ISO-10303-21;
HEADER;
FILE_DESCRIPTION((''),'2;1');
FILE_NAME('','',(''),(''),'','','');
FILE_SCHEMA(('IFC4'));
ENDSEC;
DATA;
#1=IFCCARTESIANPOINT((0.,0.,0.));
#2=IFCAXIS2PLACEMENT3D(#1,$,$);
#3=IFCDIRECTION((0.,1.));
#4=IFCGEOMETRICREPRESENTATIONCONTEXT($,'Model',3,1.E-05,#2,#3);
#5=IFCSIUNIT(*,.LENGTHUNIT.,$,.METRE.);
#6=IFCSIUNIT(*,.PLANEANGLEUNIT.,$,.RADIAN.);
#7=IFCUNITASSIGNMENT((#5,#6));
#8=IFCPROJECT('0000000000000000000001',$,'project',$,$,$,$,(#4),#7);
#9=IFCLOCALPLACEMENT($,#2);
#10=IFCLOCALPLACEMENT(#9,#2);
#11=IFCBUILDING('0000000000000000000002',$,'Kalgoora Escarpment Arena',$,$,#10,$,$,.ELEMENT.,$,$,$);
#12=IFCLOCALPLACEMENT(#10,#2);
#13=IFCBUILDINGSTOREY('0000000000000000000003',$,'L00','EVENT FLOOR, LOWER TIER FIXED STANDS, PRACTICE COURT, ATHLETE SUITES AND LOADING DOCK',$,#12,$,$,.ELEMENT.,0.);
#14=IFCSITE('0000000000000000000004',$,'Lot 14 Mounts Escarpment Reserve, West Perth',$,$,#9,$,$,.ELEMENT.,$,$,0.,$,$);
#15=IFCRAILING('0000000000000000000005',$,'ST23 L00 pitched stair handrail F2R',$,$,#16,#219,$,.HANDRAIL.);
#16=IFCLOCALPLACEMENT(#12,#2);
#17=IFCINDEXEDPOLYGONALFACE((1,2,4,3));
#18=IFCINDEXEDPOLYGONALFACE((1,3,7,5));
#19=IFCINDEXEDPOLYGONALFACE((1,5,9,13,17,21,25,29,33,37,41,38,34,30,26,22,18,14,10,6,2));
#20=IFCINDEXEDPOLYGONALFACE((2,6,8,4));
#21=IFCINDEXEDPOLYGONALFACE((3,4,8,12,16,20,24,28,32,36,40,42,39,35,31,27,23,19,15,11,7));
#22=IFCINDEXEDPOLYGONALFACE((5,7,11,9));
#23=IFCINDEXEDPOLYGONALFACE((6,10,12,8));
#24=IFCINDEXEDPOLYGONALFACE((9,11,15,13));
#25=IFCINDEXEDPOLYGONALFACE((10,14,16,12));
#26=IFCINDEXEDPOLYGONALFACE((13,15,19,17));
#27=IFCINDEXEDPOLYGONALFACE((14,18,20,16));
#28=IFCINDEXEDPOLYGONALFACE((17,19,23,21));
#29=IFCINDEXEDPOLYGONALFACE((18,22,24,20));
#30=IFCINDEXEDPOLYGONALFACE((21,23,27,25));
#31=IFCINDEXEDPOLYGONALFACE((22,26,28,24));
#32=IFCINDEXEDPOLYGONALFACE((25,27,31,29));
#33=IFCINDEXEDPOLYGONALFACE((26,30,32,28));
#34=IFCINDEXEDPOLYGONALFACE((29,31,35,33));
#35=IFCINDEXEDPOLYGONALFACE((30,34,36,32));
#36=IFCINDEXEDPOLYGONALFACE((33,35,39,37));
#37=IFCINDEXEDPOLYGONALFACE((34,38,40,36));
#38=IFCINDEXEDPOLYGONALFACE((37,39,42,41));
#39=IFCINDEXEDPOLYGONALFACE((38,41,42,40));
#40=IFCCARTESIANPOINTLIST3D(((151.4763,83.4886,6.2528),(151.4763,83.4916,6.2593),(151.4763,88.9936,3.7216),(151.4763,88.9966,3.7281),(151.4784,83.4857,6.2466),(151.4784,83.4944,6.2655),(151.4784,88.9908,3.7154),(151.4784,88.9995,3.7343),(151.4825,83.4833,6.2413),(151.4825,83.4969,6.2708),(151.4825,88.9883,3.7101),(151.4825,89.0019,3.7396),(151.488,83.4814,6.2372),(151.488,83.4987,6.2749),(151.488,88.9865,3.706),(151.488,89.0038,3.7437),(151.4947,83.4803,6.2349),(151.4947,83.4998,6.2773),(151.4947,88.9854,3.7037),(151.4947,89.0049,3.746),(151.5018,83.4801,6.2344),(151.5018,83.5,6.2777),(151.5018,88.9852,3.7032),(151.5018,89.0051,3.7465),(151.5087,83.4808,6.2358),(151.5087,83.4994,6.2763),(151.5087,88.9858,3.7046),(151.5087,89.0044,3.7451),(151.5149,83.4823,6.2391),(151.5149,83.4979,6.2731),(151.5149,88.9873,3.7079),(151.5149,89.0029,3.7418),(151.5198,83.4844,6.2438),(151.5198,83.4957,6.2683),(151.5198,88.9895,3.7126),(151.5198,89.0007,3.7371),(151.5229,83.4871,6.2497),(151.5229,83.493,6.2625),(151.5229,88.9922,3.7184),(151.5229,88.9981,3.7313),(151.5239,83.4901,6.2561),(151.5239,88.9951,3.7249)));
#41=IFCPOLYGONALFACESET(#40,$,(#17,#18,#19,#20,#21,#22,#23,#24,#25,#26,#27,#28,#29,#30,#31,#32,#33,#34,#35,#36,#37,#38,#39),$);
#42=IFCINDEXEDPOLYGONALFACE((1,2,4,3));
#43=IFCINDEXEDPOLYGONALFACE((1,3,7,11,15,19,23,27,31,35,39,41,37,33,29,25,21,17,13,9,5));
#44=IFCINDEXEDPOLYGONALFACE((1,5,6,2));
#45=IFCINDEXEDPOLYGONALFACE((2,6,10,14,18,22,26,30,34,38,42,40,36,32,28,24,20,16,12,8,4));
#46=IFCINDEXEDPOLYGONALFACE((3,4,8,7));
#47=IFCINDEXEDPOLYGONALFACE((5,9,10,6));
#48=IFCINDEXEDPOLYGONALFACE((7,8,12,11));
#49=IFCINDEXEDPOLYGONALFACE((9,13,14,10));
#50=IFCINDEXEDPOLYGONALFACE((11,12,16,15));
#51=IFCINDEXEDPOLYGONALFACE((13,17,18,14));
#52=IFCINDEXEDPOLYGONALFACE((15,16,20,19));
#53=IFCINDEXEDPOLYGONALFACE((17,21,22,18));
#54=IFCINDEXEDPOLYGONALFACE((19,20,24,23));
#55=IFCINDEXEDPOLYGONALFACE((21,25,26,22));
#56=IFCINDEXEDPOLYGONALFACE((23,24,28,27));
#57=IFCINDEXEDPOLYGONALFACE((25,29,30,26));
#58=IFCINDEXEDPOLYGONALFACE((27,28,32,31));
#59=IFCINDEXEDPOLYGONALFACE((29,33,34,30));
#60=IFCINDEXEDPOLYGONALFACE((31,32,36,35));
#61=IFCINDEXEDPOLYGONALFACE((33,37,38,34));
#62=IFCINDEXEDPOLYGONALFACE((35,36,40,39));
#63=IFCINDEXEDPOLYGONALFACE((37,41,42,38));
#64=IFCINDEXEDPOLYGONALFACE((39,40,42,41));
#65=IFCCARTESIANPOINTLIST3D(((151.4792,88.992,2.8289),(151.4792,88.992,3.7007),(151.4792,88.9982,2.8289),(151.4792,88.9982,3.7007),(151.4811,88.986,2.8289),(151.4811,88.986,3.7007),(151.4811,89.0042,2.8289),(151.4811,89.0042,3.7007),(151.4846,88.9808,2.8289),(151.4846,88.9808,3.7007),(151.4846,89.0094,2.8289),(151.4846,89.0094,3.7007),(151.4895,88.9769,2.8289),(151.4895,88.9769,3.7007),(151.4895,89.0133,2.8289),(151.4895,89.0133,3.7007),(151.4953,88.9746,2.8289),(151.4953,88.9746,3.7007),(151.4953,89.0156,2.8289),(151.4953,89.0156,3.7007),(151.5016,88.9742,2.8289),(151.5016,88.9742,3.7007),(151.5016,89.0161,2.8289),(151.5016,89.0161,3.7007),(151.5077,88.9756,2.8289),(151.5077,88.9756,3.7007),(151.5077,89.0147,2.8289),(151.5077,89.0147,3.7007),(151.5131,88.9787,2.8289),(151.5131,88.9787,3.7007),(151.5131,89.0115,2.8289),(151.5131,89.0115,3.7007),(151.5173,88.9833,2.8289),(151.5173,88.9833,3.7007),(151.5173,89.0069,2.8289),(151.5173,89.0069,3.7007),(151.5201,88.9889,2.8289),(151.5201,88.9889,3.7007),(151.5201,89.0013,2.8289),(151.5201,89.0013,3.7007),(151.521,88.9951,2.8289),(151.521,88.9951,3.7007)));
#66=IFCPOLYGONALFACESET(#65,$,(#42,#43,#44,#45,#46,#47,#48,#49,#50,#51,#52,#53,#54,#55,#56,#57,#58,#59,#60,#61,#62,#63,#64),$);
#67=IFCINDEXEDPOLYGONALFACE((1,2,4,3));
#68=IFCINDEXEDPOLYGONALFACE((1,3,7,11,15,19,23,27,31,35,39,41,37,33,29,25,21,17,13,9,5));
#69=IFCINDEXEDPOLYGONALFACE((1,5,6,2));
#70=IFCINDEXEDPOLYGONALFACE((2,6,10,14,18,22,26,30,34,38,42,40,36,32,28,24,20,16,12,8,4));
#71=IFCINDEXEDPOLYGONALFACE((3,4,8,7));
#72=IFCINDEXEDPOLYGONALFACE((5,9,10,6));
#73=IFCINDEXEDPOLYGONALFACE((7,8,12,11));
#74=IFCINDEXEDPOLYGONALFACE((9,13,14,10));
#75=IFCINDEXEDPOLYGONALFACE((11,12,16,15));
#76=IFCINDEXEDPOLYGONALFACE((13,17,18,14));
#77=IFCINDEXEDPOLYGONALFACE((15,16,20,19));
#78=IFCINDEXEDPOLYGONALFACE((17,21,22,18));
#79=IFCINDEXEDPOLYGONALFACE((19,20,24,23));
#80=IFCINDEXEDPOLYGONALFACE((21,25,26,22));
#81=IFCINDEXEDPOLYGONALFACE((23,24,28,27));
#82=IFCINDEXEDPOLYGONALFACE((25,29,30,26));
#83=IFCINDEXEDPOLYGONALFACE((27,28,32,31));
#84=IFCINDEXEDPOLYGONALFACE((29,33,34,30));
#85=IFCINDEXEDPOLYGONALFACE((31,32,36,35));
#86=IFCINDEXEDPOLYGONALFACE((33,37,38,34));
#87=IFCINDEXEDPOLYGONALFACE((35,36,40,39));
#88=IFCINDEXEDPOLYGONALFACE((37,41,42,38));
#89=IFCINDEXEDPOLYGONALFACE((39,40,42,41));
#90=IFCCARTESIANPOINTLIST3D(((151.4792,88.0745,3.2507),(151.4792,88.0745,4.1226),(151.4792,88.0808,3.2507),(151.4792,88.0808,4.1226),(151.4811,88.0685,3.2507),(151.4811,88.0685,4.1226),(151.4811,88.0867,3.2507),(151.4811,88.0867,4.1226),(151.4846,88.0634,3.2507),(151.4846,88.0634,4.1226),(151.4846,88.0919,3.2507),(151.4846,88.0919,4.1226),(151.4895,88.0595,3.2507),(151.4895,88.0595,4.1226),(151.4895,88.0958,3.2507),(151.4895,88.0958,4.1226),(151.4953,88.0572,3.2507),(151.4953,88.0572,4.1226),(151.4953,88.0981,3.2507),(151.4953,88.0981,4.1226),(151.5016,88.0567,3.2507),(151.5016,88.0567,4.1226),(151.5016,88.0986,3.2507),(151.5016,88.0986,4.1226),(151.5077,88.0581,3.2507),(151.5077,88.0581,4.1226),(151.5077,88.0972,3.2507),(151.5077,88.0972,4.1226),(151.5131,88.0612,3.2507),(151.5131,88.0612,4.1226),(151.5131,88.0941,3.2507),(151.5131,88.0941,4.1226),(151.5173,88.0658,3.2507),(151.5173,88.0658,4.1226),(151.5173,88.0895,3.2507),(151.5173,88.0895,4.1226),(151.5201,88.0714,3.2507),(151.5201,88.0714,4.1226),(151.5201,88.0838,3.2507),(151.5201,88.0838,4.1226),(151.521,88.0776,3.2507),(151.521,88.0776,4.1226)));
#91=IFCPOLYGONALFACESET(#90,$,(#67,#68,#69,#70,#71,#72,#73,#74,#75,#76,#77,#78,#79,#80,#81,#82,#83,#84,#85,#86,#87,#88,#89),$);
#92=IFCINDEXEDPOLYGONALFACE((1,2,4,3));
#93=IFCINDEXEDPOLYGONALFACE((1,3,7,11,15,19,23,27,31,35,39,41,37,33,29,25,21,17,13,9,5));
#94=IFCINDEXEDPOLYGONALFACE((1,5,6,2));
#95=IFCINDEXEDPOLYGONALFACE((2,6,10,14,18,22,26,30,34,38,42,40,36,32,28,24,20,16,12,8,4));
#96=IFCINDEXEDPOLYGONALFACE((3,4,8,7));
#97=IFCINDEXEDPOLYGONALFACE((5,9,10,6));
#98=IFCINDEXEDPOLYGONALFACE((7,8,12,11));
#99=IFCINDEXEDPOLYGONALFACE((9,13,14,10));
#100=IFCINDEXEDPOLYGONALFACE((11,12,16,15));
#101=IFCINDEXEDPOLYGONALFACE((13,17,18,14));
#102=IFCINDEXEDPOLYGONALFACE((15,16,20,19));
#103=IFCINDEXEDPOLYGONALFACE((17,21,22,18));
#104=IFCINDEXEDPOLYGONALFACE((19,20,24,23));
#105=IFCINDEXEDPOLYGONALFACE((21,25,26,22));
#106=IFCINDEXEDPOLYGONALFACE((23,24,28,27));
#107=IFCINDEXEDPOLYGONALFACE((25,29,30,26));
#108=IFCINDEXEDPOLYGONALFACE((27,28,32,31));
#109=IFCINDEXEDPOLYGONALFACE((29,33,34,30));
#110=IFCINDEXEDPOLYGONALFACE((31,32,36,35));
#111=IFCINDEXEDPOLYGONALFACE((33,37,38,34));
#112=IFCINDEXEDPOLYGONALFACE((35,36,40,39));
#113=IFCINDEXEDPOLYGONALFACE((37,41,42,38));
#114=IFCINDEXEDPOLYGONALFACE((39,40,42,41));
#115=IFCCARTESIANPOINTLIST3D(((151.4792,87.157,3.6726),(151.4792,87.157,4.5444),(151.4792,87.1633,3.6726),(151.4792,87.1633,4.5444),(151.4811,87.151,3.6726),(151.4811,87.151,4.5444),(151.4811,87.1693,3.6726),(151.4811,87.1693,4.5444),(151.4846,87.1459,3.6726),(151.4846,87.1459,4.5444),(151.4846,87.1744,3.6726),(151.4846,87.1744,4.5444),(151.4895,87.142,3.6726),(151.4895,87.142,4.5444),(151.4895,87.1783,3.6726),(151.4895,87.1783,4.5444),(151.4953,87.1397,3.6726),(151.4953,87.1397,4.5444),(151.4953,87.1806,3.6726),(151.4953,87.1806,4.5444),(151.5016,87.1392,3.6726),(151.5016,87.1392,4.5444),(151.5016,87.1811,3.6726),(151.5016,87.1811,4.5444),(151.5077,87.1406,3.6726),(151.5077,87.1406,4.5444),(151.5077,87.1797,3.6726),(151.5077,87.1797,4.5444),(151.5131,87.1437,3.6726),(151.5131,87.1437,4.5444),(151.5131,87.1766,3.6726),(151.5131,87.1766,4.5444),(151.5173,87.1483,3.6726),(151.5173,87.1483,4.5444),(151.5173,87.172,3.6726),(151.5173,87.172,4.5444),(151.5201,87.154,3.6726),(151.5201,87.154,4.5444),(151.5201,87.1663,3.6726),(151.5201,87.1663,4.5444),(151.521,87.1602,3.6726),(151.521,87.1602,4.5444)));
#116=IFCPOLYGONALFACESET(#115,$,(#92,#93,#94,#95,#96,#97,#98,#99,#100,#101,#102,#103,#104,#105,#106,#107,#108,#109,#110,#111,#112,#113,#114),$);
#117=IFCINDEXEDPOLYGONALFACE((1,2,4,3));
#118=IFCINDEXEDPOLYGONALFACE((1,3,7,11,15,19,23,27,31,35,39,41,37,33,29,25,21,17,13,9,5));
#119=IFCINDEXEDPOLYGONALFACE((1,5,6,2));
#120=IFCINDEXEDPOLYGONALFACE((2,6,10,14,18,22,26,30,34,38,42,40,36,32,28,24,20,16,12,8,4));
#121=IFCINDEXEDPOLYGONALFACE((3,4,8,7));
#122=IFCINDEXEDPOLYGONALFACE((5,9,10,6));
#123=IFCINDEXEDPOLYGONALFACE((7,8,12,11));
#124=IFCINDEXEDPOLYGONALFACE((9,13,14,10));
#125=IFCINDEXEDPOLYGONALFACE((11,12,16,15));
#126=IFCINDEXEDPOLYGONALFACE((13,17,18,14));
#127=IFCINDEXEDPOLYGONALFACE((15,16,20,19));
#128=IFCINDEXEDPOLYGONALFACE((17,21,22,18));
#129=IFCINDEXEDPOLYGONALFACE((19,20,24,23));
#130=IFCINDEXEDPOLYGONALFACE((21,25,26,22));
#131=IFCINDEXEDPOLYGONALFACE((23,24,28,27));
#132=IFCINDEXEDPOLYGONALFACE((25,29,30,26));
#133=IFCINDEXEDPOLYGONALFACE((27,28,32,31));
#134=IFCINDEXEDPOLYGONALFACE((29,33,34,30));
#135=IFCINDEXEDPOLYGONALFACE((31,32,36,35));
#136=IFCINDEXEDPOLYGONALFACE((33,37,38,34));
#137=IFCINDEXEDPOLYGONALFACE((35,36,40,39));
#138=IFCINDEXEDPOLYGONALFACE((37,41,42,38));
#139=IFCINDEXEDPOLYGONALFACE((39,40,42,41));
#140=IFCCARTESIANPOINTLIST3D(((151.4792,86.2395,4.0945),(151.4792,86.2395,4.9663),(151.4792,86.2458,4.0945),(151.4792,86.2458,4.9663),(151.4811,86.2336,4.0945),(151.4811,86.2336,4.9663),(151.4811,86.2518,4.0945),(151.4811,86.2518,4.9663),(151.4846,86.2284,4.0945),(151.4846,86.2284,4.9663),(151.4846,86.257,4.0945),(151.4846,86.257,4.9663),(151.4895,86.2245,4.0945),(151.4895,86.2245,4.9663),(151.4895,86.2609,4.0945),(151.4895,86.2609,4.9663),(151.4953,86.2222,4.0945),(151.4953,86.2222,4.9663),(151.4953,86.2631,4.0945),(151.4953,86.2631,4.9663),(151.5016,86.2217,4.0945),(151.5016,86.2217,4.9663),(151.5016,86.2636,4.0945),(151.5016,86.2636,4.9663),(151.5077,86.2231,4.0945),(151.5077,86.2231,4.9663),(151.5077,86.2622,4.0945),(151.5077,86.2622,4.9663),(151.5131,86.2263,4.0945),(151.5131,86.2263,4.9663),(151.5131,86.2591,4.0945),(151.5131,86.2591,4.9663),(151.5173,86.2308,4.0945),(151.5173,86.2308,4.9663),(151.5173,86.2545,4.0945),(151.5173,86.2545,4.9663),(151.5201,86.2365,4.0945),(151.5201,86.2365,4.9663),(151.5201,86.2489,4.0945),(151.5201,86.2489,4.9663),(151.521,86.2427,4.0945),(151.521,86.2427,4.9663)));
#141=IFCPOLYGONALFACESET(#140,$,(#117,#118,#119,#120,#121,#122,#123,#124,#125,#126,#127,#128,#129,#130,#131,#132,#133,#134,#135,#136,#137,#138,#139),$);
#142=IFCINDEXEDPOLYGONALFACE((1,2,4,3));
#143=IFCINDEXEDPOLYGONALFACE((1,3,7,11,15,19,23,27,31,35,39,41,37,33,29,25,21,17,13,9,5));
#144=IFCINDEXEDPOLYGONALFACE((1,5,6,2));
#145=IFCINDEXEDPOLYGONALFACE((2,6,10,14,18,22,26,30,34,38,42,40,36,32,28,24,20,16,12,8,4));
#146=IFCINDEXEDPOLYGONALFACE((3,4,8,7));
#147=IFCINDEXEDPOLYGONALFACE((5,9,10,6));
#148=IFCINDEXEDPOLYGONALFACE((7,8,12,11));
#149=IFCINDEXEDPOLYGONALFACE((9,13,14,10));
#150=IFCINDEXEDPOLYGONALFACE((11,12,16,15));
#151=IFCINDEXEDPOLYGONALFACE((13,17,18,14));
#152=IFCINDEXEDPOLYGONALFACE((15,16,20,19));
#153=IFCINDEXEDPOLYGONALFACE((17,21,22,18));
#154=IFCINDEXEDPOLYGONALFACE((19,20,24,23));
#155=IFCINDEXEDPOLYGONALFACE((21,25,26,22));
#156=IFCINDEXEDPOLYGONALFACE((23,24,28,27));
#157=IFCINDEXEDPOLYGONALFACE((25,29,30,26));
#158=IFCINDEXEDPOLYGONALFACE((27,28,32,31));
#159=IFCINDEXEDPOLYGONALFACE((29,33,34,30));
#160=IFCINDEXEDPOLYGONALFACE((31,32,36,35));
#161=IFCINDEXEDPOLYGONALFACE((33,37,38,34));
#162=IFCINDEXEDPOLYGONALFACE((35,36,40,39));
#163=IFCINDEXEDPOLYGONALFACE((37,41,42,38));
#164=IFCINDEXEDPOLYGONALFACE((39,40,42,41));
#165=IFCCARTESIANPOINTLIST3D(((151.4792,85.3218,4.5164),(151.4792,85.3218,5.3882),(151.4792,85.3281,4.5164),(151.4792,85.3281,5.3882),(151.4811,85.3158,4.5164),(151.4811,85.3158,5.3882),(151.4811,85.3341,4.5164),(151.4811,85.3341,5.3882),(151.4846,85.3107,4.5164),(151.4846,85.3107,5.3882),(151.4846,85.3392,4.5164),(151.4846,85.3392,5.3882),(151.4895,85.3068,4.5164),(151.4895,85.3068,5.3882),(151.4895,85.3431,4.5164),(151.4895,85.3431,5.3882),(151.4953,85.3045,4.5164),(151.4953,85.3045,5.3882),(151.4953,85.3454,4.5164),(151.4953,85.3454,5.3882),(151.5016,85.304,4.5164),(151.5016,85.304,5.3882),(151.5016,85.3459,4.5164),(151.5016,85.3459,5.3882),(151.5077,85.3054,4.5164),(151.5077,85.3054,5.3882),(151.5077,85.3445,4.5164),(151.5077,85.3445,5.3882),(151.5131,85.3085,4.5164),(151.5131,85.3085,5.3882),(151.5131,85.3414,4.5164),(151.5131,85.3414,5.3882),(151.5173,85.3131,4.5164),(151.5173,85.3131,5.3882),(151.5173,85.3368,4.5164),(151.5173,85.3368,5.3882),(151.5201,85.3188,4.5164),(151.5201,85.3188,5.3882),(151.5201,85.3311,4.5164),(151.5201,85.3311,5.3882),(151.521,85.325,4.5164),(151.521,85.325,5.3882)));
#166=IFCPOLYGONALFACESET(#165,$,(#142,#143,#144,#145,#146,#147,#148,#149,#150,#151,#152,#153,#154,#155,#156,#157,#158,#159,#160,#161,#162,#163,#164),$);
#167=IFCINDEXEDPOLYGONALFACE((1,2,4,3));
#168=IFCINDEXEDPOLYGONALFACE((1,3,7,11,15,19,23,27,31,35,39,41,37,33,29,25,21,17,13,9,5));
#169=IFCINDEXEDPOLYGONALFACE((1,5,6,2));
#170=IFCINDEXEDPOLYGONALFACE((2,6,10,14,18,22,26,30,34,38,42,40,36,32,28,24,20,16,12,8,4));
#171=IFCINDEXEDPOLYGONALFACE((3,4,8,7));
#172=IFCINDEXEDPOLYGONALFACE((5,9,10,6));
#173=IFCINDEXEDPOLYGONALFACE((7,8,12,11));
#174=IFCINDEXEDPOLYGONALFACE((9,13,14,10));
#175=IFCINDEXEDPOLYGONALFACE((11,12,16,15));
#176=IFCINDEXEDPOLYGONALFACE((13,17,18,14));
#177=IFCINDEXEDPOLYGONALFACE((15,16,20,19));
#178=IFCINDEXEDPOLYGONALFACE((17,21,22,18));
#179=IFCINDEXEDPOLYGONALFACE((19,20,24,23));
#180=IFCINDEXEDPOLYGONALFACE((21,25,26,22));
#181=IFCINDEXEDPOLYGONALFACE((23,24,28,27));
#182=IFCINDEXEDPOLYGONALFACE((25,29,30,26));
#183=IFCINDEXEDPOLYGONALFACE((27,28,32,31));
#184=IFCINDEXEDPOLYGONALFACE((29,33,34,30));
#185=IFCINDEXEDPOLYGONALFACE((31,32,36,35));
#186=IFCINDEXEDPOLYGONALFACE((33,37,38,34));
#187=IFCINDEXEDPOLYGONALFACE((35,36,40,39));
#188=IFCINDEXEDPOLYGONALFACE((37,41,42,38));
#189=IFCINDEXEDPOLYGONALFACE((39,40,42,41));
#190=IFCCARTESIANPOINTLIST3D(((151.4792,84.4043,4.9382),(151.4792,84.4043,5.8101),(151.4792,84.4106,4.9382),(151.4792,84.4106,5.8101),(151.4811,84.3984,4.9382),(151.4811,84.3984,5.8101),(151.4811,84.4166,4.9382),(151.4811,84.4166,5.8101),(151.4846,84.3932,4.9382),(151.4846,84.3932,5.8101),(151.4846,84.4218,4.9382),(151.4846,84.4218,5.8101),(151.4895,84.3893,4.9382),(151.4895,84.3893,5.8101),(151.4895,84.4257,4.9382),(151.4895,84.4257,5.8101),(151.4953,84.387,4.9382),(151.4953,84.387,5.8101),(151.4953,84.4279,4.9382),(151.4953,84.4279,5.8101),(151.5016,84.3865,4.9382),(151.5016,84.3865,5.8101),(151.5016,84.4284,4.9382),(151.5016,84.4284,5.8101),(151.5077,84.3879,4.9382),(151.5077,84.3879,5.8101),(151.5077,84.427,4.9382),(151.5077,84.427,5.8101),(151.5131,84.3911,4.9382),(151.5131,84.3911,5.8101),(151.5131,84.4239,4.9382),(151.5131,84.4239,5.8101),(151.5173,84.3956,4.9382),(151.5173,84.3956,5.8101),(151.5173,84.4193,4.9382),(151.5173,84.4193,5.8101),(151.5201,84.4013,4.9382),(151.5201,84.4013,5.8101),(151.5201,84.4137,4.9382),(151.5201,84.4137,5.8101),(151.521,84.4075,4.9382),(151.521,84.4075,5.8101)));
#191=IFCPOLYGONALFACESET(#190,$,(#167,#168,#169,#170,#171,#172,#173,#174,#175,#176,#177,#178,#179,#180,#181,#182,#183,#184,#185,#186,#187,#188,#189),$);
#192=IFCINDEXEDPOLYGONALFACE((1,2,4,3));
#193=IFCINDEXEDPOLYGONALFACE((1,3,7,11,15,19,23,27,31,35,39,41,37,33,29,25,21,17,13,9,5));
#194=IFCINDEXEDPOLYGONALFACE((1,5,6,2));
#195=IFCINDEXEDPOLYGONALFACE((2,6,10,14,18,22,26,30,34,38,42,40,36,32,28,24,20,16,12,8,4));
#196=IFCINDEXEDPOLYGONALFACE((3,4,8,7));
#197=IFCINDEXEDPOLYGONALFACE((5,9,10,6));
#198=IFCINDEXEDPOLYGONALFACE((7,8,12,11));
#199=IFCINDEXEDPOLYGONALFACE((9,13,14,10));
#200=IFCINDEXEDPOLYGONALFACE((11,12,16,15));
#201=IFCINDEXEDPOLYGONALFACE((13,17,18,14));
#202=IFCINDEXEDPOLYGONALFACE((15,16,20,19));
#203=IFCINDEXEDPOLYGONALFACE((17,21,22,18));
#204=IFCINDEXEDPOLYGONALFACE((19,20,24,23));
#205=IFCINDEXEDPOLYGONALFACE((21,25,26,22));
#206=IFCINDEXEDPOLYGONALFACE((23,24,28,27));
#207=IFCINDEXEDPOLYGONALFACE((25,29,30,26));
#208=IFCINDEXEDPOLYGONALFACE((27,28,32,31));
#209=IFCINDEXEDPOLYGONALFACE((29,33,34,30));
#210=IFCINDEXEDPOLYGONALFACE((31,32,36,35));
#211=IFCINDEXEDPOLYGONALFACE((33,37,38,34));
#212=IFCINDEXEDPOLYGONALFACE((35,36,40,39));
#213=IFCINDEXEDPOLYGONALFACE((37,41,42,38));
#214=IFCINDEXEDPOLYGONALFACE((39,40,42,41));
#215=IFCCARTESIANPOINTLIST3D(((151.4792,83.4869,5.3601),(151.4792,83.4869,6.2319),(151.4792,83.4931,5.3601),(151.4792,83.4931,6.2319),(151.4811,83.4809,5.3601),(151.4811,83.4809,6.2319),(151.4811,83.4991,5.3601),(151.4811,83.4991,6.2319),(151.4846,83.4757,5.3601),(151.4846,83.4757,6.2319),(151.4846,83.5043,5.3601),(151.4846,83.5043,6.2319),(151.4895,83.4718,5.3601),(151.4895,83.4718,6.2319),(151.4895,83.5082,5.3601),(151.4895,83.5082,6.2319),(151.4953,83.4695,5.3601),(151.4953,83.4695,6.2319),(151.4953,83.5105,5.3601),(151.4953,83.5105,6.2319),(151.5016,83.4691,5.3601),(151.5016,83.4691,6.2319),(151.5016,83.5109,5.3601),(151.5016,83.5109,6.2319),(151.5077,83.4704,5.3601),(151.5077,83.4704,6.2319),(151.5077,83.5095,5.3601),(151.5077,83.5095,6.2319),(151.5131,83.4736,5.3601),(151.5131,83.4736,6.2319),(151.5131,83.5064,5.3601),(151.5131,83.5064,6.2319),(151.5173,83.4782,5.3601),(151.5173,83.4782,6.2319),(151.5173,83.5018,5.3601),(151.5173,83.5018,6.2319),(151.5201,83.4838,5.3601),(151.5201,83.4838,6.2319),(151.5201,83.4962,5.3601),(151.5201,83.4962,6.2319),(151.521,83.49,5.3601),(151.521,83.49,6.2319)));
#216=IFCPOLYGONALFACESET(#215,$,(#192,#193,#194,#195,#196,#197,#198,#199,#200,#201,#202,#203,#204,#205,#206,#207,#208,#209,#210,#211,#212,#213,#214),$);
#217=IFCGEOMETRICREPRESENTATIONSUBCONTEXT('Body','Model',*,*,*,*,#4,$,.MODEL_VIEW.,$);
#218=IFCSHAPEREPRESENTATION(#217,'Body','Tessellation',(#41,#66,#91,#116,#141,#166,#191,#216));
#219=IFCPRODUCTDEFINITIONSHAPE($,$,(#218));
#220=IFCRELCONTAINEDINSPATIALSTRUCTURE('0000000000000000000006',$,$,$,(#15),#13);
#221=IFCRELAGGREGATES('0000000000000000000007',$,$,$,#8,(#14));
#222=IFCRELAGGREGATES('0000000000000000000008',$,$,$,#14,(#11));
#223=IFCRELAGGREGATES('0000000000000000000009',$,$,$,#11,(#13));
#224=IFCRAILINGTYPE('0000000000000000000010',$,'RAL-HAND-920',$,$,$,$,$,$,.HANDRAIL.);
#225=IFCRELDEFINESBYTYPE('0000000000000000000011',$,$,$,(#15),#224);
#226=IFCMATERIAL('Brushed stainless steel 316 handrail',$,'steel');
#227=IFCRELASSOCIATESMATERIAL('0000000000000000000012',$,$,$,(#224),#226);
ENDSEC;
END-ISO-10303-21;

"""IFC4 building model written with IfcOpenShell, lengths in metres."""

from ifc_helpers import new_model, si_unit, direction, frame, origin, origin_2d, place, context, subcontext, project, spatial, circle, extrude, material, type_object, element, save


model = new_model("IFC4")

# Units and contexts
model_context = context("Model", 3, precision=1e-05, world=origin(), true_north=direction((0.0, 1.0)))
body_context = subcontext(model_context, "Body", "Model", "MODEL_VIEW")
ifc_project = project(units=[si_unit("LENGTHUNIT", "METRE"), si_unit("PLANEANGLEUNIT", "RADIAN")], contexts=[model_context])

# Site, building, storey
site_placement = place(None, origin())
site = spatial("IfcSite", under=ifc_project, at=site_placement, Name="Lot 14 Mounts Escarpment Reserve, West Perth", CompositionType="ELEMENT", RefElevation=0.0)
building_placement = place(site_placement, origin())
building = spatial("IfcBuilding", under=site, at=building_placement, Name="Kalgoora Escarpment Arena", CompositionType="ELEMENT")
storey_placement = place(building_placement, origin())
storey = spatial("IfcBuildingStorey", under=building, at=storey_placement, Name="L00", Description="EVENT FLOOR, LOWER TIER FIXED STANDS, PRACTICE COURT, ATHLETE SUITES AND LOADING DOCK", CompositionType="ELEMENT", Elevation=0.0)

# Railing
ifc_material_1 = material(Name="Brushed stainless steel 316 handrail", Category="steel")
railing_type = type_object("IfcRailingType", Name="RAL-HAND-920", PredefinedType="HANDRAIL", material=ifc_material_1)
railing_placement = place(storey_placement, frame((151.5, 88.9951, 2.8289)))
element("IfcRailing", 1, at=railing_placement, inside=storey, type_object=railing_type, Name="ST23 L00 pitched stair handrail F2R", PredefinedType="HANDRAIL", context=body_context, shape_type="SweptSolid", body=[
    extrude(circle(Radius=0.0239, at=origin_2d()), frame((0.0, 0.0, 0.896), z_axis=(0.0, -0.90856, 0.417755), x_axis=(1.0, 0.0, 0.0)), (0.0, 0.0, 1.0), 6.0591),
    extrude(circle(Radius=0.021, at=origin_2d()), origin(), (0.0, 0.0, 1.0), 0.8718),
    extrude(circle(Radius=0.021, at=origin_2d()), frame((0.0, -0.9175, 0.4219)), (0.0, 0.0, 1.0), 0.8718),
    extrude(circle(Radius=0.021, at=origin_2d()), frame((0.0, -1.835, 0.8438)), (0.0, 0.0, 1.0), 0.8718),
    extrude(circle(Radius=0.021, at=origin_2d()), frame((0.0, -2.7524, 1.2656)), (0.0, 0.0, 1.0), 0.8718),
    extrude(circle(Radius=0.021, at=origin_2d()), frame((0.0, -3.6702, 1.6875)), (0.0, 0.0, 1.0), 0.8718),
    extrude(circle(Radius=0.021, at=origin_2d()), frame((0.0, -4.5876, 2.1094)), (0.0, 0.0, 1.0), 0.8718),
    extrude(circle(Radius=0.021, at=origin_2d()), frame((0.0, -5.5051, 2.5312)), (0.0, 0.0, 1.0), 0.8718),
])

save(model, "model.ifc")
